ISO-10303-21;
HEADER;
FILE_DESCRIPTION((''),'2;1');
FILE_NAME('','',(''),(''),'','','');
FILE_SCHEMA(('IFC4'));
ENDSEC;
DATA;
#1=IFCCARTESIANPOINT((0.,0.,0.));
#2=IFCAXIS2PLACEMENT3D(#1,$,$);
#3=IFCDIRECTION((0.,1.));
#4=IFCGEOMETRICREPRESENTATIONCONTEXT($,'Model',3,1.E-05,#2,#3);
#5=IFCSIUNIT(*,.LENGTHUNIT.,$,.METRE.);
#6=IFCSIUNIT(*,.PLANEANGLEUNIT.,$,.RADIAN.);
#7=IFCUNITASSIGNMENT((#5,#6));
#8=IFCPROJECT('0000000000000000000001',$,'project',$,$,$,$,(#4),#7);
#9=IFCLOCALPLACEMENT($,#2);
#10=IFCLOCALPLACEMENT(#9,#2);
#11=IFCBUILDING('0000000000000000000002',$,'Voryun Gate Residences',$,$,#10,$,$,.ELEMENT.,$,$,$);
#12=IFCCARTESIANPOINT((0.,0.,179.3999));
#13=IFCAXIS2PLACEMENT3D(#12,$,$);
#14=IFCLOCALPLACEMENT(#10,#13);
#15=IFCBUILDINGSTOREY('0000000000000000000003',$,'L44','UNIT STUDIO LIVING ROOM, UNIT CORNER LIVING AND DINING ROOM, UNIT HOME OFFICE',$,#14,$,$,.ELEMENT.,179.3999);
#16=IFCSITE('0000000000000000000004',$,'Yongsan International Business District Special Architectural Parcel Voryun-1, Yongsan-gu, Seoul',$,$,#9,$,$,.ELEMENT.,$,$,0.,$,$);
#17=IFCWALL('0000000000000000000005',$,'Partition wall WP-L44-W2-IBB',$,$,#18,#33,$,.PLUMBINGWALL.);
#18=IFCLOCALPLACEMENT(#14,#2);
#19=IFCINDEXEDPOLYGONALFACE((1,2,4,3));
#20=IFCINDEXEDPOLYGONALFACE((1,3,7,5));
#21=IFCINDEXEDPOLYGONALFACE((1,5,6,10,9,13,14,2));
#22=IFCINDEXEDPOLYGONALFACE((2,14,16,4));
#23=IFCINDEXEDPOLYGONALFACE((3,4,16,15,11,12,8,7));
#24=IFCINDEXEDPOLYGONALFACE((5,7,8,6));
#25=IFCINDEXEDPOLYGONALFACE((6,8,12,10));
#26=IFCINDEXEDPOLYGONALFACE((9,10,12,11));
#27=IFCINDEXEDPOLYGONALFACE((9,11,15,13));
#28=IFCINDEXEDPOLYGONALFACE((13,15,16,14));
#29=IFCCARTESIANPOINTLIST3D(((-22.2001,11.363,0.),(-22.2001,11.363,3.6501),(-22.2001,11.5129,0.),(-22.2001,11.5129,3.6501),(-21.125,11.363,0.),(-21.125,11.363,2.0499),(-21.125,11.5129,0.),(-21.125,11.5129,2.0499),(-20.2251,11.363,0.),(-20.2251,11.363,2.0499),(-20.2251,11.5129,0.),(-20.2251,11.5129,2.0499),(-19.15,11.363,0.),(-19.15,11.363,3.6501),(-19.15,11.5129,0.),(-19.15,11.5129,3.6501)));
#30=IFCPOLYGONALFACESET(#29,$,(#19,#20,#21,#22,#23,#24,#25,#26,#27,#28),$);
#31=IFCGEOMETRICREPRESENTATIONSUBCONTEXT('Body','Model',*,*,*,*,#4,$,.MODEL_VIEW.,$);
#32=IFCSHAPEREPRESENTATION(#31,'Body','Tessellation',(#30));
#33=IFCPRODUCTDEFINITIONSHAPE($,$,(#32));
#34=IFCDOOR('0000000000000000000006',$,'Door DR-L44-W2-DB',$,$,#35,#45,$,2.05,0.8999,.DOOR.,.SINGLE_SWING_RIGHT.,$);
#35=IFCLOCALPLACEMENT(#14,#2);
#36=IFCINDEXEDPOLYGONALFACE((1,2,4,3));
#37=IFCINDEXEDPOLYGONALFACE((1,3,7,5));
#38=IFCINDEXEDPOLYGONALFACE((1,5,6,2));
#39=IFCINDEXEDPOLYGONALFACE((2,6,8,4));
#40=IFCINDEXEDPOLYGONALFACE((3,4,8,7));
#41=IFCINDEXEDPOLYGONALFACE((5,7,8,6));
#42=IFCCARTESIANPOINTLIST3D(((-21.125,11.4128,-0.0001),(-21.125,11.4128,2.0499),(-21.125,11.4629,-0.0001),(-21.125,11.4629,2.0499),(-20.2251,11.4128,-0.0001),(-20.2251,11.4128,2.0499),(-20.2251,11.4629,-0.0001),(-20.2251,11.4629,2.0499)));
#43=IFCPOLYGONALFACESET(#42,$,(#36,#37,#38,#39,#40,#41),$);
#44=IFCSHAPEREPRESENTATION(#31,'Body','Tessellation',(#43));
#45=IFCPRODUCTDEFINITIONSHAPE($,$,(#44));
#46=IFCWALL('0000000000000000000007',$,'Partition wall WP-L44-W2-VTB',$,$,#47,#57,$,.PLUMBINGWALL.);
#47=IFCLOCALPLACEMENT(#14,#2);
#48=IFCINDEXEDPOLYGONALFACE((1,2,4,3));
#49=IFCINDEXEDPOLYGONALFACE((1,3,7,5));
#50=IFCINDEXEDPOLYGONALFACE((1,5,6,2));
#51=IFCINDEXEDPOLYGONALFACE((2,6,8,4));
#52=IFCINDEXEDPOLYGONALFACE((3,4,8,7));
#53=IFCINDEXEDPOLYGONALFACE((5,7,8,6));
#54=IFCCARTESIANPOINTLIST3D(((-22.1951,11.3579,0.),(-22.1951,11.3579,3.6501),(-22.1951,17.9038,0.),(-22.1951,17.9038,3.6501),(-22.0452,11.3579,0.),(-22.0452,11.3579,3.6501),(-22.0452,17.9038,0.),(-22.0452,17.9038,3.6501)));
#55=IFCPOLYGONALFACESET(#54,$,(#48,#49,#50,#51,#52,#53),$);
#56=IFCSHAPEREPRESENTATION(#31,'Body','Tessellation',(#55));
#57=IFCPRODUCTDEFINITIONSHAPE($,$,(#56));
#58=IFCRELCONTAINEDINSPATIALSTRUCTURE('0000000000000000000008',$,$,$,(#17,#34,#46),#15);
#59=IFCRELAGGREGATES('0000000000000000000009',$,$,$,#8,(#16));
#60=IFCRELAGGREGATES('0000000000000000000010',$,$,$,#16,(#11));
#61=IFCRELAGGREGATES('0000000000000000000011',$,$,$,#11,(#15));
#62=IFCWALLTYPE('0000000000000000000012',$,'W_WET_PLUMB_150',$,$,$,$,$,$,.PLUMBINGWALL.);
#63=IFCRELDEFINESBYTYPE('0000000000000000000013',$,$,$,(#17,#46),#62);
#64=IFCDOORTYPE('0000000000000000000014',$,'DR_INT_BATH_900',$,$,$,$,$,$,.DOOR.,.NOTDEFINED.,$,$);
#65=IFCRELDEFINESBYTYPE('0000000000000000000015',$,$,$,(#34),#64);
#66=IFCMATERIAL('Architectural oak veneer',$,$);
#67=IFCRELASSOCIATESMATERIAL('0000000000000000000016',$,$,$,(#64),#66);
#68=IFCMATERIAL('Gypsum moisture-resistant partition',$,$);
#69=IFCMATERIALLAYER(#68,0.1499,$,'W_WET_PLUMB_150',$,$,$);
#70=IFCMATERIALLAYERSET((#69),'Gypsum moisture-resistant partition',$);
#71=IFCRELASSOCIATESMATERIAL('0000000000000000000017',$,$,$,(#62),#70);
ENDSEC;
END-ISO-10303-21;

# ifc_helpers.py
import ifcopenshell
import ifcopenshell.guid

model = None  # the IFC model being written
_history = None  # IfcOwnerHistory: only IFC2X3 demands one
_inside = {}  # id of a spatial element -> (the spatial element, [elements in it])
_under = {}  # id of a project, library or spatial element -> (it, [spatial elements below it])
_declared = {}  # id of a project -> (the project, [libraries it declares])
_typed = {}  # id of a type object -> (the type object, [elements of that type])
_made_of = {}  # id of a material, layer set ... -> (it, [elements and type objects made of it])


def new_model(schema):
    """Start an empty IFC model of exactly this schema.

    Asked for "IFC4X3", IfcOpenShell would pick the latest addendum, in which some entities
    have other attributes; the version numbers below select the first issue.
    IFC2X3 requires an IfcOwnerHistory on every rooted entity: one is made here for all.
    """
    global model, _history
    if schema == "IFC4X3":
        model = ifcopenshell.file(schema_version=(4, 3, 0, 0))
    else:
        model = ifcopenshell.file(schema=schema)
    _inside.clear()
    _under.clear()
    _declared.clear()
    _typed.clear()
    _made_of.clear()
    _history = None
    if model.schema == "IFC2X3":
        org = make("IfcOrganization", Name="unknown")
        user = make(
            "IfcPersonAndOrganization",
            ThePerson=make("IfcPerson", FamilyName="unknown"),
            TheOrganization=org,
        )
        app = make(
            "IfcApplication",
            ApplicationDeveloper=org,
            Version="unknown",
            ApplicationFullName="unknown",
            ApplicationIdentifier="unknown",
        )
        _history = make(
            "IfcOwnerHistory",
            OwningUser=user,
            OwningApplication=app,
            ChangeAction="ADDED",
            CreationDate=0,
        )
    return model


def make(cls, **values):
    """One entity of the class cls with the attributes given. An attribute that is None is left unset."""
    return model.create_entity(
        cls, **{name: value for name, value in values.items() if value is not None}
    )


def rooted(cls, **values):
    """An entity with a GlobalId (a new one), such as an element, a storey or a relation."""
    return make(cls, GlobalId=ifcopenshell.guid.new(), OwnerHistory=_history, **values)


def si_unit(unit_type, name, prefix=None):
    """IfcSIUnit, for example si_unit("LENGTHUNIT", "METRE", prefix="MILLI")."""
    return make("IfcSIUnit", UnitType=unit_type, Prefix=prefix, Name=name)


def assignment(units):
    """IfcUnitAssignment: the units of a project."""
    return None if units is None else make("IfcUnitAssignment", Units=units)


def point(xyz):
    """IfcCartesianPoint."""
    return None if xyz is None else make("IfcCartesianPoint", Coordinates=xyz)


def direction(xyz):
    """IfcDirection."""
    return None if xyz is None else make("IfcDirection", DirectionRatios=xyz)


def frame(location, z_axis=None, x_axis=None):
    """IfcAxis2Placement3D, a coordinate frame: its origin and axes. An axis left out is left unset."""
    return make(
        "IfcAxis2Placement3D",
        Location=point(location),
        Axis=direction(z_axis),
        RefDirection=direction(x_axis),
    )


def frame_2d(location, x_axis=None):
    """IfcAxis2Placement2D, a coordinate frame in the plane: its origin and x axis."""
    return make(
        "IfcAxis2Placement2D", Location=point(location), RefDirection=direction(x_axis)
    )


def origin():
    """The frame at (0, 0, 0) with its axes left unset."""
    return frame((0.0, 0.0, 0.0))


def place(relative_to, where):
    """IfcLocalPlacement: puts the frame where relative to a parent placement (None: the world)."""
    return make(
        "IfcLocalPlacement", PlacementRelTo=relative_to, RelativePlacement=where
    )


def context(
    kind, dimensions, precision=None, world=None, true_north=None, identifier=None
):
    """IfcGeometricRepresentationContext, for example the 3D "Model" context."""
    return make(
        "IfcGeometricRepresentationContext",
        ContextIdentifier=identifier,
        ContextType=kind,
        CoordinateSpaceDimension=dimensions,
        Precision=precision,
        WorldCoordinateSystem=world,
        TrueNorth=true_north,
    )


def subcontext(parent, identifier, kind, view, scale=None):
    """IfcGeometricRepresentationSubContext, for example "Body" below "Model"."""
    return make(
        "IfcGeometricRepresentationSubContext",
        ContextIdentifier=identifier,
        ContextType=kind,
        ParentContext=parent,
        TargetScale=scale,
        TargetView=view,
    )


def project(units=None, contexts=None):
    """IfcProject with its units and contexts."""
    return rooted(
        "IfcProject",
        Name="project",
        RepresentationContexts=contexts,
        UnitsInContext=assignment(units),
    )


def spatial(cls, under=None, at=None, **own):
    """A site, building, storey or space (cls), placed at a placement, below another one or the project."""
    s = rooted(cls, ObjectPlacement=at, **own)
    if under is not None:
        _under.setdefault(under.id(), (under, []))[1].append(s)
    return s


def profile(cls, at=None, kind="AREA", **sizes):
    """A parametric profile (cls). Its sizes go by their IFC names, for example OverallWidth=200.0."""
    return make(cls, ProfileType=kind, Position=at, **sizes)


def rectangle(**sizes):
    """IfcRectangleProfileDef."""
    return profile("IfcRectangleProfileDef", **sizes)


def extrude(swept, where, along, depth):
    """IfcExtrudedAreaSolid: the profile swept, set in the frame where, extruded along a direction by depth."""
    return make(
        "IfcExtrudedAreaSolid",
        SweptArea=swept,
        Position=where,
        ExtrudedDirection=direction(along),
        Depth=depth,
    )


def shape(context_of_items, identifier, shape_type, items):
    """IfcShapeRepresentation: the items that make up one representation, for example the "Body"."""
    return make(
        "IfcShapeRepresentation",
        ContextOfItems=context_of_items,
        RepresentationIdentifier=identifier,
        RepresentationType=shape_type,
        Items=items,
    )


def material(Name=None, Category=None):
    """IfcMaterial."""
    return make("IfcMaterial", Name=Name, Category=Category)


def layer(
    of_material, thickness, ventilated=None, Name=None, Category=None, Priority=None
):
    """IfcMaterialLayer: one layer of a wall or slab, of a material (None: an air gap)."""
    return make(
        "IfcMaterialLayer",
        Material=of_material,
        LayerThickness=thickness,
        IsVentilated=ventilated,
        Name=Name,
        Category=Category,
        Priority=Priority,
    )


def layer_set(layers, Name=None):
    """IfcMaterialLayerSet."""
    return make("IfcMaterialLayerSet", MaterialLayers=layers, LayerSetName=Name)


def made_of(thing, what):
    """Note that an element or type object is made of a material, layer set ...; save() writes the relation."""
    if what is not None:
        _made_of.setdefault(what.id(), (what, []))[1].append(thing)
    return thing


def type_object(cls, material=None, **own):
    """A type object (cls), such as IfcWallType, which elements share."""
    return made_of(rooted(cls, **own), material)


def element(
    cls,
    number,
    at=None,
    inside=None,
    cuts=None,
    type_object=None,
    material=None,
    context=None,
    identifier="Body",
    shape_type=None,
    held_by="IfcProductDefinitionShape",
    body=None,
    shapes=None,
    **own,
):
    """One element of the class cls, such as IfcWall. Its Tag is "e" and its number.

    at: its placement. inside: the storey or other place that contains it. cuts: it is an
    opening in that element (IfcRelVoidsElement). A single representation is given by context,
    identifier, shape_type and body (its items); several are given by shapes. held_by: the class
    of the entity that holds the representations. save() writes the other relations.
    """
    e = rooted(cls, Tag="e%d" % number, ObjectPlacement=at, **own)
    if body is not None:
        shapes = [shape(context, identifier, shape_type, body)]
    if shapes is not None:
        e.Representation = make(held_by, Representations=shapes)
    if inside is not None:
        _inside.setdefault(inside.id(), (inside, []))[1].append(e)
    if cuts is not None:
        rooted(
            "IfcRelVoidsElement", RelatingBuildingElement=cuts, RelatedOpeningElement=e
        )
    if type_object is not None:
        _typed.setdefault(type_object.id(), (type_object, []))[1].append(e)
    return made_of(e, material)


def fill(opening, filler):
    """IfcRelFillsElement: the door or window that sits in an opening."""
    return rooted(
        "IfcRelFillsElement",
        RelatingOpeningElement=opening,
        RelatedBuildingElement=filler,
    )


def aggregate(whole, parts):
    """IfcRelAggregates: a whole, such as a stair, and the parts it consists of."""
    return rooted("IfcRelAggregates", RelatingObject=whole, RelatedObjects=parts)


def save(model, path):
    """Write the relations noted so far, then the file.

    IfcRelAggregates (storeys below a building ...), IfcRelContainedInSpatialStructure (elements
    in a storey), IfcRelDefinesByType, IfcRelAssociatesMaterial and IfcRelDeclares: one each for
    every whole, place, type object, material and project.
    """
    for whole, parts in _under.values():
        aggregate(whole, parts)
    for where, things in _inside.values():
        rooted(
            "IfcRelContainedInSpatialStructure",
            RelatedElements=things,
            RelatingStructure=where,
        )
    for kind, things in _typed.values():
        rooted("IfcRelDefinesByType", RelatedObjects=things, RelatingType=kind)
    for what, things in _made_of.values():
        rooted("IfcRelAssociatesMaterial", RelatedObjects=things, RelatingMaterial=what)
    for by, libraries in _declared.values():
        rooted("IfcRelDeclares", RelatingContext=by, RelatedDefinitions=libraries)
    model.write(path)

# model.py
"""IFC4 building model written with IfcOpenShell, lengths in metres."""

from ifc_helpers import new_model, si_unit, direction, frame, frame_2d, origin, place, context, subcontext, project, spatial, rectangle, extrude, material, layer, layer_set, type_object, element, fill, save


model = new_model("IFC4")

# Units and contexts
model_context = context("Model", 3, precision=1e-05, world=origin(), true_north=direction((0.0, 1.0)))
body_context = subcontext(model_context, "Body", "Model", "MODEL_VIEW")
ifc_project = project(units=[si_unit("LENGTHUNIT", "METRE"), si_unit("PLANEANGLEUNIT", "RADIAN")], contexts=[model_context])

# Site, building, storey
site_placement = place(None, origin())
site = spatial("IfcSite", under=ifc_project, at=site_placement, Name="Yongsan International Business District Special Architectural Parcel Voryun-1, Yongsan-gu, Seoul", CompositionType="ELEMENT", RefElevation=0.0)
building_placement = place(site_placement, origin())
building = spatial("IfcBuilding", under=site, at=building_placement, Name="Voryun Gate Residences", CompositionType="ELEMENT")
storey_placement = place(building_placement, frame((0.0, 0.0, 179.3999)))
storey = spatial("IfcBuildingStorey", under=building, at=storey_placement, Name="L44", Description="UNIT STUDIO LIVING ROOM, UNIT CORNER LIVING AND DINING ROOM, UNIT HOME OFFICE", CompositionType="ELEMENT", Elevation=179.3999)

# Shared definitions
ifc_material_1 = material(Name="Architectural oak veneer")
door_type_1 = type_object("IfcDoorType", Name="DR_INT_BATH_900", OperationType="NOTDEFINED", PredefinedType="DOOR", material=ifc_material_1)

# Shared definitions
ifc_material_2 = material(Name="Gypsum moisture-resistant partition")
ifc_layer_1 = layer(ifc_material_2, 0.1499, Name="W_WET_PLUMB_150")
ifc_layer_set_1 = layer_set([ifc_layer_1], Name="Gypsum moisture-resistant partition")
wall_type_1 = type_object("IfcWallType", Name="W_WET_PLUMB_150", PredefinedType="PLUMBINGWALL", material=ifc_layer_set_1)

# Wall, opening, door
wall_1_placement = place(storey_placement, frame((-22.2, 11.438, 0.0), z_axis=(0.0, 0.0, 1.0), x_axis=(1.0, 0.0, 0.0)))
wall_1 = element("IfcWall", 1, at=wall_1_placement, inside=storey, type_object=wall_type_1, Name="Partition wall WP-L44-W2-IBB", PredefinedType="PLUMBINGWALL", context=body_context, shape_type="SweptSolid", body=[
    extrude(rectangle(XDim=3.05, YDim=0.1499, at=frame_2d((1.5249, 0.0))), origin(), (0.0, 0.0, 1.0), 3.6501),
])
opening_1_placement = place(wall_1_placement, frame((1.075, 0.0, 0.0)))
opening_1 = element("IfcOpeningElement", 2, at=opening_1_placement, cuts=wall_1, PredefinedType="OPENING", context=body_context, shape_type="SweptSolid", body=[
    extrude(rectangle(XDim=0.8999, YDim=2.05, at=frame_2d((0.45, 1.0249))), frame((0.0, 0.085, 0.0), z_axis=(0.0, -1.0, 0.0), x_axis=(1.0, 0.0, 0.0)), (0.0, 0.0, 1.0), 0.1699),
])
door_1_placement = place(opening_1_placement, origin())
door_1 = element("IfcDoor", 3, at=door_1_placement, inside=storey, type_object=door_type_1, Name="Door DR-L44-W2-DB", OperationType="SINGLE_SWING_RIGHT", OverallHeight=2.05, OverallWidth=0.8999, PredefinedType="DOOR", context=body_context, shape_type="SweptSolid", body=[
    extrude(rectangle(XDim=0.8999, YDim=2.05, at=frame_2d((0.45, 1.0249))), frame((0.0, 0.0249, 0.0), z_axis=(0.0, -1.0, 0.0), x_axis=(1.0, 0.0, 0.0)), (0.0, 0.0, 1.0), 0.05),
])
fill(opening_1, door_1)

# Wall
wall_2_placement = place(storey_placement, frame((-22.1201, 11.3579, 0.0), z_axis=(0.0, 0.0, 1.0), x_axis=(0.0, 1.0, 0.0)))
element("IfcWall", 4, at=wall_2_placement, inside=storey, type_object=wall_type_1, Name="Partition wall WP-L44-W2-VTB", PredefinedType="PLUMBINGWALL", context=body_context, shape_type="SweptSolid", body=[
    extrude(rectangle(XDim=6.5459, YDim=0.1499, at=frame_2d((3.2729, 0.0))), origin(), (0.0, 0.0, 1.0), 3.6501),
])

save(model, "model.ifc")
